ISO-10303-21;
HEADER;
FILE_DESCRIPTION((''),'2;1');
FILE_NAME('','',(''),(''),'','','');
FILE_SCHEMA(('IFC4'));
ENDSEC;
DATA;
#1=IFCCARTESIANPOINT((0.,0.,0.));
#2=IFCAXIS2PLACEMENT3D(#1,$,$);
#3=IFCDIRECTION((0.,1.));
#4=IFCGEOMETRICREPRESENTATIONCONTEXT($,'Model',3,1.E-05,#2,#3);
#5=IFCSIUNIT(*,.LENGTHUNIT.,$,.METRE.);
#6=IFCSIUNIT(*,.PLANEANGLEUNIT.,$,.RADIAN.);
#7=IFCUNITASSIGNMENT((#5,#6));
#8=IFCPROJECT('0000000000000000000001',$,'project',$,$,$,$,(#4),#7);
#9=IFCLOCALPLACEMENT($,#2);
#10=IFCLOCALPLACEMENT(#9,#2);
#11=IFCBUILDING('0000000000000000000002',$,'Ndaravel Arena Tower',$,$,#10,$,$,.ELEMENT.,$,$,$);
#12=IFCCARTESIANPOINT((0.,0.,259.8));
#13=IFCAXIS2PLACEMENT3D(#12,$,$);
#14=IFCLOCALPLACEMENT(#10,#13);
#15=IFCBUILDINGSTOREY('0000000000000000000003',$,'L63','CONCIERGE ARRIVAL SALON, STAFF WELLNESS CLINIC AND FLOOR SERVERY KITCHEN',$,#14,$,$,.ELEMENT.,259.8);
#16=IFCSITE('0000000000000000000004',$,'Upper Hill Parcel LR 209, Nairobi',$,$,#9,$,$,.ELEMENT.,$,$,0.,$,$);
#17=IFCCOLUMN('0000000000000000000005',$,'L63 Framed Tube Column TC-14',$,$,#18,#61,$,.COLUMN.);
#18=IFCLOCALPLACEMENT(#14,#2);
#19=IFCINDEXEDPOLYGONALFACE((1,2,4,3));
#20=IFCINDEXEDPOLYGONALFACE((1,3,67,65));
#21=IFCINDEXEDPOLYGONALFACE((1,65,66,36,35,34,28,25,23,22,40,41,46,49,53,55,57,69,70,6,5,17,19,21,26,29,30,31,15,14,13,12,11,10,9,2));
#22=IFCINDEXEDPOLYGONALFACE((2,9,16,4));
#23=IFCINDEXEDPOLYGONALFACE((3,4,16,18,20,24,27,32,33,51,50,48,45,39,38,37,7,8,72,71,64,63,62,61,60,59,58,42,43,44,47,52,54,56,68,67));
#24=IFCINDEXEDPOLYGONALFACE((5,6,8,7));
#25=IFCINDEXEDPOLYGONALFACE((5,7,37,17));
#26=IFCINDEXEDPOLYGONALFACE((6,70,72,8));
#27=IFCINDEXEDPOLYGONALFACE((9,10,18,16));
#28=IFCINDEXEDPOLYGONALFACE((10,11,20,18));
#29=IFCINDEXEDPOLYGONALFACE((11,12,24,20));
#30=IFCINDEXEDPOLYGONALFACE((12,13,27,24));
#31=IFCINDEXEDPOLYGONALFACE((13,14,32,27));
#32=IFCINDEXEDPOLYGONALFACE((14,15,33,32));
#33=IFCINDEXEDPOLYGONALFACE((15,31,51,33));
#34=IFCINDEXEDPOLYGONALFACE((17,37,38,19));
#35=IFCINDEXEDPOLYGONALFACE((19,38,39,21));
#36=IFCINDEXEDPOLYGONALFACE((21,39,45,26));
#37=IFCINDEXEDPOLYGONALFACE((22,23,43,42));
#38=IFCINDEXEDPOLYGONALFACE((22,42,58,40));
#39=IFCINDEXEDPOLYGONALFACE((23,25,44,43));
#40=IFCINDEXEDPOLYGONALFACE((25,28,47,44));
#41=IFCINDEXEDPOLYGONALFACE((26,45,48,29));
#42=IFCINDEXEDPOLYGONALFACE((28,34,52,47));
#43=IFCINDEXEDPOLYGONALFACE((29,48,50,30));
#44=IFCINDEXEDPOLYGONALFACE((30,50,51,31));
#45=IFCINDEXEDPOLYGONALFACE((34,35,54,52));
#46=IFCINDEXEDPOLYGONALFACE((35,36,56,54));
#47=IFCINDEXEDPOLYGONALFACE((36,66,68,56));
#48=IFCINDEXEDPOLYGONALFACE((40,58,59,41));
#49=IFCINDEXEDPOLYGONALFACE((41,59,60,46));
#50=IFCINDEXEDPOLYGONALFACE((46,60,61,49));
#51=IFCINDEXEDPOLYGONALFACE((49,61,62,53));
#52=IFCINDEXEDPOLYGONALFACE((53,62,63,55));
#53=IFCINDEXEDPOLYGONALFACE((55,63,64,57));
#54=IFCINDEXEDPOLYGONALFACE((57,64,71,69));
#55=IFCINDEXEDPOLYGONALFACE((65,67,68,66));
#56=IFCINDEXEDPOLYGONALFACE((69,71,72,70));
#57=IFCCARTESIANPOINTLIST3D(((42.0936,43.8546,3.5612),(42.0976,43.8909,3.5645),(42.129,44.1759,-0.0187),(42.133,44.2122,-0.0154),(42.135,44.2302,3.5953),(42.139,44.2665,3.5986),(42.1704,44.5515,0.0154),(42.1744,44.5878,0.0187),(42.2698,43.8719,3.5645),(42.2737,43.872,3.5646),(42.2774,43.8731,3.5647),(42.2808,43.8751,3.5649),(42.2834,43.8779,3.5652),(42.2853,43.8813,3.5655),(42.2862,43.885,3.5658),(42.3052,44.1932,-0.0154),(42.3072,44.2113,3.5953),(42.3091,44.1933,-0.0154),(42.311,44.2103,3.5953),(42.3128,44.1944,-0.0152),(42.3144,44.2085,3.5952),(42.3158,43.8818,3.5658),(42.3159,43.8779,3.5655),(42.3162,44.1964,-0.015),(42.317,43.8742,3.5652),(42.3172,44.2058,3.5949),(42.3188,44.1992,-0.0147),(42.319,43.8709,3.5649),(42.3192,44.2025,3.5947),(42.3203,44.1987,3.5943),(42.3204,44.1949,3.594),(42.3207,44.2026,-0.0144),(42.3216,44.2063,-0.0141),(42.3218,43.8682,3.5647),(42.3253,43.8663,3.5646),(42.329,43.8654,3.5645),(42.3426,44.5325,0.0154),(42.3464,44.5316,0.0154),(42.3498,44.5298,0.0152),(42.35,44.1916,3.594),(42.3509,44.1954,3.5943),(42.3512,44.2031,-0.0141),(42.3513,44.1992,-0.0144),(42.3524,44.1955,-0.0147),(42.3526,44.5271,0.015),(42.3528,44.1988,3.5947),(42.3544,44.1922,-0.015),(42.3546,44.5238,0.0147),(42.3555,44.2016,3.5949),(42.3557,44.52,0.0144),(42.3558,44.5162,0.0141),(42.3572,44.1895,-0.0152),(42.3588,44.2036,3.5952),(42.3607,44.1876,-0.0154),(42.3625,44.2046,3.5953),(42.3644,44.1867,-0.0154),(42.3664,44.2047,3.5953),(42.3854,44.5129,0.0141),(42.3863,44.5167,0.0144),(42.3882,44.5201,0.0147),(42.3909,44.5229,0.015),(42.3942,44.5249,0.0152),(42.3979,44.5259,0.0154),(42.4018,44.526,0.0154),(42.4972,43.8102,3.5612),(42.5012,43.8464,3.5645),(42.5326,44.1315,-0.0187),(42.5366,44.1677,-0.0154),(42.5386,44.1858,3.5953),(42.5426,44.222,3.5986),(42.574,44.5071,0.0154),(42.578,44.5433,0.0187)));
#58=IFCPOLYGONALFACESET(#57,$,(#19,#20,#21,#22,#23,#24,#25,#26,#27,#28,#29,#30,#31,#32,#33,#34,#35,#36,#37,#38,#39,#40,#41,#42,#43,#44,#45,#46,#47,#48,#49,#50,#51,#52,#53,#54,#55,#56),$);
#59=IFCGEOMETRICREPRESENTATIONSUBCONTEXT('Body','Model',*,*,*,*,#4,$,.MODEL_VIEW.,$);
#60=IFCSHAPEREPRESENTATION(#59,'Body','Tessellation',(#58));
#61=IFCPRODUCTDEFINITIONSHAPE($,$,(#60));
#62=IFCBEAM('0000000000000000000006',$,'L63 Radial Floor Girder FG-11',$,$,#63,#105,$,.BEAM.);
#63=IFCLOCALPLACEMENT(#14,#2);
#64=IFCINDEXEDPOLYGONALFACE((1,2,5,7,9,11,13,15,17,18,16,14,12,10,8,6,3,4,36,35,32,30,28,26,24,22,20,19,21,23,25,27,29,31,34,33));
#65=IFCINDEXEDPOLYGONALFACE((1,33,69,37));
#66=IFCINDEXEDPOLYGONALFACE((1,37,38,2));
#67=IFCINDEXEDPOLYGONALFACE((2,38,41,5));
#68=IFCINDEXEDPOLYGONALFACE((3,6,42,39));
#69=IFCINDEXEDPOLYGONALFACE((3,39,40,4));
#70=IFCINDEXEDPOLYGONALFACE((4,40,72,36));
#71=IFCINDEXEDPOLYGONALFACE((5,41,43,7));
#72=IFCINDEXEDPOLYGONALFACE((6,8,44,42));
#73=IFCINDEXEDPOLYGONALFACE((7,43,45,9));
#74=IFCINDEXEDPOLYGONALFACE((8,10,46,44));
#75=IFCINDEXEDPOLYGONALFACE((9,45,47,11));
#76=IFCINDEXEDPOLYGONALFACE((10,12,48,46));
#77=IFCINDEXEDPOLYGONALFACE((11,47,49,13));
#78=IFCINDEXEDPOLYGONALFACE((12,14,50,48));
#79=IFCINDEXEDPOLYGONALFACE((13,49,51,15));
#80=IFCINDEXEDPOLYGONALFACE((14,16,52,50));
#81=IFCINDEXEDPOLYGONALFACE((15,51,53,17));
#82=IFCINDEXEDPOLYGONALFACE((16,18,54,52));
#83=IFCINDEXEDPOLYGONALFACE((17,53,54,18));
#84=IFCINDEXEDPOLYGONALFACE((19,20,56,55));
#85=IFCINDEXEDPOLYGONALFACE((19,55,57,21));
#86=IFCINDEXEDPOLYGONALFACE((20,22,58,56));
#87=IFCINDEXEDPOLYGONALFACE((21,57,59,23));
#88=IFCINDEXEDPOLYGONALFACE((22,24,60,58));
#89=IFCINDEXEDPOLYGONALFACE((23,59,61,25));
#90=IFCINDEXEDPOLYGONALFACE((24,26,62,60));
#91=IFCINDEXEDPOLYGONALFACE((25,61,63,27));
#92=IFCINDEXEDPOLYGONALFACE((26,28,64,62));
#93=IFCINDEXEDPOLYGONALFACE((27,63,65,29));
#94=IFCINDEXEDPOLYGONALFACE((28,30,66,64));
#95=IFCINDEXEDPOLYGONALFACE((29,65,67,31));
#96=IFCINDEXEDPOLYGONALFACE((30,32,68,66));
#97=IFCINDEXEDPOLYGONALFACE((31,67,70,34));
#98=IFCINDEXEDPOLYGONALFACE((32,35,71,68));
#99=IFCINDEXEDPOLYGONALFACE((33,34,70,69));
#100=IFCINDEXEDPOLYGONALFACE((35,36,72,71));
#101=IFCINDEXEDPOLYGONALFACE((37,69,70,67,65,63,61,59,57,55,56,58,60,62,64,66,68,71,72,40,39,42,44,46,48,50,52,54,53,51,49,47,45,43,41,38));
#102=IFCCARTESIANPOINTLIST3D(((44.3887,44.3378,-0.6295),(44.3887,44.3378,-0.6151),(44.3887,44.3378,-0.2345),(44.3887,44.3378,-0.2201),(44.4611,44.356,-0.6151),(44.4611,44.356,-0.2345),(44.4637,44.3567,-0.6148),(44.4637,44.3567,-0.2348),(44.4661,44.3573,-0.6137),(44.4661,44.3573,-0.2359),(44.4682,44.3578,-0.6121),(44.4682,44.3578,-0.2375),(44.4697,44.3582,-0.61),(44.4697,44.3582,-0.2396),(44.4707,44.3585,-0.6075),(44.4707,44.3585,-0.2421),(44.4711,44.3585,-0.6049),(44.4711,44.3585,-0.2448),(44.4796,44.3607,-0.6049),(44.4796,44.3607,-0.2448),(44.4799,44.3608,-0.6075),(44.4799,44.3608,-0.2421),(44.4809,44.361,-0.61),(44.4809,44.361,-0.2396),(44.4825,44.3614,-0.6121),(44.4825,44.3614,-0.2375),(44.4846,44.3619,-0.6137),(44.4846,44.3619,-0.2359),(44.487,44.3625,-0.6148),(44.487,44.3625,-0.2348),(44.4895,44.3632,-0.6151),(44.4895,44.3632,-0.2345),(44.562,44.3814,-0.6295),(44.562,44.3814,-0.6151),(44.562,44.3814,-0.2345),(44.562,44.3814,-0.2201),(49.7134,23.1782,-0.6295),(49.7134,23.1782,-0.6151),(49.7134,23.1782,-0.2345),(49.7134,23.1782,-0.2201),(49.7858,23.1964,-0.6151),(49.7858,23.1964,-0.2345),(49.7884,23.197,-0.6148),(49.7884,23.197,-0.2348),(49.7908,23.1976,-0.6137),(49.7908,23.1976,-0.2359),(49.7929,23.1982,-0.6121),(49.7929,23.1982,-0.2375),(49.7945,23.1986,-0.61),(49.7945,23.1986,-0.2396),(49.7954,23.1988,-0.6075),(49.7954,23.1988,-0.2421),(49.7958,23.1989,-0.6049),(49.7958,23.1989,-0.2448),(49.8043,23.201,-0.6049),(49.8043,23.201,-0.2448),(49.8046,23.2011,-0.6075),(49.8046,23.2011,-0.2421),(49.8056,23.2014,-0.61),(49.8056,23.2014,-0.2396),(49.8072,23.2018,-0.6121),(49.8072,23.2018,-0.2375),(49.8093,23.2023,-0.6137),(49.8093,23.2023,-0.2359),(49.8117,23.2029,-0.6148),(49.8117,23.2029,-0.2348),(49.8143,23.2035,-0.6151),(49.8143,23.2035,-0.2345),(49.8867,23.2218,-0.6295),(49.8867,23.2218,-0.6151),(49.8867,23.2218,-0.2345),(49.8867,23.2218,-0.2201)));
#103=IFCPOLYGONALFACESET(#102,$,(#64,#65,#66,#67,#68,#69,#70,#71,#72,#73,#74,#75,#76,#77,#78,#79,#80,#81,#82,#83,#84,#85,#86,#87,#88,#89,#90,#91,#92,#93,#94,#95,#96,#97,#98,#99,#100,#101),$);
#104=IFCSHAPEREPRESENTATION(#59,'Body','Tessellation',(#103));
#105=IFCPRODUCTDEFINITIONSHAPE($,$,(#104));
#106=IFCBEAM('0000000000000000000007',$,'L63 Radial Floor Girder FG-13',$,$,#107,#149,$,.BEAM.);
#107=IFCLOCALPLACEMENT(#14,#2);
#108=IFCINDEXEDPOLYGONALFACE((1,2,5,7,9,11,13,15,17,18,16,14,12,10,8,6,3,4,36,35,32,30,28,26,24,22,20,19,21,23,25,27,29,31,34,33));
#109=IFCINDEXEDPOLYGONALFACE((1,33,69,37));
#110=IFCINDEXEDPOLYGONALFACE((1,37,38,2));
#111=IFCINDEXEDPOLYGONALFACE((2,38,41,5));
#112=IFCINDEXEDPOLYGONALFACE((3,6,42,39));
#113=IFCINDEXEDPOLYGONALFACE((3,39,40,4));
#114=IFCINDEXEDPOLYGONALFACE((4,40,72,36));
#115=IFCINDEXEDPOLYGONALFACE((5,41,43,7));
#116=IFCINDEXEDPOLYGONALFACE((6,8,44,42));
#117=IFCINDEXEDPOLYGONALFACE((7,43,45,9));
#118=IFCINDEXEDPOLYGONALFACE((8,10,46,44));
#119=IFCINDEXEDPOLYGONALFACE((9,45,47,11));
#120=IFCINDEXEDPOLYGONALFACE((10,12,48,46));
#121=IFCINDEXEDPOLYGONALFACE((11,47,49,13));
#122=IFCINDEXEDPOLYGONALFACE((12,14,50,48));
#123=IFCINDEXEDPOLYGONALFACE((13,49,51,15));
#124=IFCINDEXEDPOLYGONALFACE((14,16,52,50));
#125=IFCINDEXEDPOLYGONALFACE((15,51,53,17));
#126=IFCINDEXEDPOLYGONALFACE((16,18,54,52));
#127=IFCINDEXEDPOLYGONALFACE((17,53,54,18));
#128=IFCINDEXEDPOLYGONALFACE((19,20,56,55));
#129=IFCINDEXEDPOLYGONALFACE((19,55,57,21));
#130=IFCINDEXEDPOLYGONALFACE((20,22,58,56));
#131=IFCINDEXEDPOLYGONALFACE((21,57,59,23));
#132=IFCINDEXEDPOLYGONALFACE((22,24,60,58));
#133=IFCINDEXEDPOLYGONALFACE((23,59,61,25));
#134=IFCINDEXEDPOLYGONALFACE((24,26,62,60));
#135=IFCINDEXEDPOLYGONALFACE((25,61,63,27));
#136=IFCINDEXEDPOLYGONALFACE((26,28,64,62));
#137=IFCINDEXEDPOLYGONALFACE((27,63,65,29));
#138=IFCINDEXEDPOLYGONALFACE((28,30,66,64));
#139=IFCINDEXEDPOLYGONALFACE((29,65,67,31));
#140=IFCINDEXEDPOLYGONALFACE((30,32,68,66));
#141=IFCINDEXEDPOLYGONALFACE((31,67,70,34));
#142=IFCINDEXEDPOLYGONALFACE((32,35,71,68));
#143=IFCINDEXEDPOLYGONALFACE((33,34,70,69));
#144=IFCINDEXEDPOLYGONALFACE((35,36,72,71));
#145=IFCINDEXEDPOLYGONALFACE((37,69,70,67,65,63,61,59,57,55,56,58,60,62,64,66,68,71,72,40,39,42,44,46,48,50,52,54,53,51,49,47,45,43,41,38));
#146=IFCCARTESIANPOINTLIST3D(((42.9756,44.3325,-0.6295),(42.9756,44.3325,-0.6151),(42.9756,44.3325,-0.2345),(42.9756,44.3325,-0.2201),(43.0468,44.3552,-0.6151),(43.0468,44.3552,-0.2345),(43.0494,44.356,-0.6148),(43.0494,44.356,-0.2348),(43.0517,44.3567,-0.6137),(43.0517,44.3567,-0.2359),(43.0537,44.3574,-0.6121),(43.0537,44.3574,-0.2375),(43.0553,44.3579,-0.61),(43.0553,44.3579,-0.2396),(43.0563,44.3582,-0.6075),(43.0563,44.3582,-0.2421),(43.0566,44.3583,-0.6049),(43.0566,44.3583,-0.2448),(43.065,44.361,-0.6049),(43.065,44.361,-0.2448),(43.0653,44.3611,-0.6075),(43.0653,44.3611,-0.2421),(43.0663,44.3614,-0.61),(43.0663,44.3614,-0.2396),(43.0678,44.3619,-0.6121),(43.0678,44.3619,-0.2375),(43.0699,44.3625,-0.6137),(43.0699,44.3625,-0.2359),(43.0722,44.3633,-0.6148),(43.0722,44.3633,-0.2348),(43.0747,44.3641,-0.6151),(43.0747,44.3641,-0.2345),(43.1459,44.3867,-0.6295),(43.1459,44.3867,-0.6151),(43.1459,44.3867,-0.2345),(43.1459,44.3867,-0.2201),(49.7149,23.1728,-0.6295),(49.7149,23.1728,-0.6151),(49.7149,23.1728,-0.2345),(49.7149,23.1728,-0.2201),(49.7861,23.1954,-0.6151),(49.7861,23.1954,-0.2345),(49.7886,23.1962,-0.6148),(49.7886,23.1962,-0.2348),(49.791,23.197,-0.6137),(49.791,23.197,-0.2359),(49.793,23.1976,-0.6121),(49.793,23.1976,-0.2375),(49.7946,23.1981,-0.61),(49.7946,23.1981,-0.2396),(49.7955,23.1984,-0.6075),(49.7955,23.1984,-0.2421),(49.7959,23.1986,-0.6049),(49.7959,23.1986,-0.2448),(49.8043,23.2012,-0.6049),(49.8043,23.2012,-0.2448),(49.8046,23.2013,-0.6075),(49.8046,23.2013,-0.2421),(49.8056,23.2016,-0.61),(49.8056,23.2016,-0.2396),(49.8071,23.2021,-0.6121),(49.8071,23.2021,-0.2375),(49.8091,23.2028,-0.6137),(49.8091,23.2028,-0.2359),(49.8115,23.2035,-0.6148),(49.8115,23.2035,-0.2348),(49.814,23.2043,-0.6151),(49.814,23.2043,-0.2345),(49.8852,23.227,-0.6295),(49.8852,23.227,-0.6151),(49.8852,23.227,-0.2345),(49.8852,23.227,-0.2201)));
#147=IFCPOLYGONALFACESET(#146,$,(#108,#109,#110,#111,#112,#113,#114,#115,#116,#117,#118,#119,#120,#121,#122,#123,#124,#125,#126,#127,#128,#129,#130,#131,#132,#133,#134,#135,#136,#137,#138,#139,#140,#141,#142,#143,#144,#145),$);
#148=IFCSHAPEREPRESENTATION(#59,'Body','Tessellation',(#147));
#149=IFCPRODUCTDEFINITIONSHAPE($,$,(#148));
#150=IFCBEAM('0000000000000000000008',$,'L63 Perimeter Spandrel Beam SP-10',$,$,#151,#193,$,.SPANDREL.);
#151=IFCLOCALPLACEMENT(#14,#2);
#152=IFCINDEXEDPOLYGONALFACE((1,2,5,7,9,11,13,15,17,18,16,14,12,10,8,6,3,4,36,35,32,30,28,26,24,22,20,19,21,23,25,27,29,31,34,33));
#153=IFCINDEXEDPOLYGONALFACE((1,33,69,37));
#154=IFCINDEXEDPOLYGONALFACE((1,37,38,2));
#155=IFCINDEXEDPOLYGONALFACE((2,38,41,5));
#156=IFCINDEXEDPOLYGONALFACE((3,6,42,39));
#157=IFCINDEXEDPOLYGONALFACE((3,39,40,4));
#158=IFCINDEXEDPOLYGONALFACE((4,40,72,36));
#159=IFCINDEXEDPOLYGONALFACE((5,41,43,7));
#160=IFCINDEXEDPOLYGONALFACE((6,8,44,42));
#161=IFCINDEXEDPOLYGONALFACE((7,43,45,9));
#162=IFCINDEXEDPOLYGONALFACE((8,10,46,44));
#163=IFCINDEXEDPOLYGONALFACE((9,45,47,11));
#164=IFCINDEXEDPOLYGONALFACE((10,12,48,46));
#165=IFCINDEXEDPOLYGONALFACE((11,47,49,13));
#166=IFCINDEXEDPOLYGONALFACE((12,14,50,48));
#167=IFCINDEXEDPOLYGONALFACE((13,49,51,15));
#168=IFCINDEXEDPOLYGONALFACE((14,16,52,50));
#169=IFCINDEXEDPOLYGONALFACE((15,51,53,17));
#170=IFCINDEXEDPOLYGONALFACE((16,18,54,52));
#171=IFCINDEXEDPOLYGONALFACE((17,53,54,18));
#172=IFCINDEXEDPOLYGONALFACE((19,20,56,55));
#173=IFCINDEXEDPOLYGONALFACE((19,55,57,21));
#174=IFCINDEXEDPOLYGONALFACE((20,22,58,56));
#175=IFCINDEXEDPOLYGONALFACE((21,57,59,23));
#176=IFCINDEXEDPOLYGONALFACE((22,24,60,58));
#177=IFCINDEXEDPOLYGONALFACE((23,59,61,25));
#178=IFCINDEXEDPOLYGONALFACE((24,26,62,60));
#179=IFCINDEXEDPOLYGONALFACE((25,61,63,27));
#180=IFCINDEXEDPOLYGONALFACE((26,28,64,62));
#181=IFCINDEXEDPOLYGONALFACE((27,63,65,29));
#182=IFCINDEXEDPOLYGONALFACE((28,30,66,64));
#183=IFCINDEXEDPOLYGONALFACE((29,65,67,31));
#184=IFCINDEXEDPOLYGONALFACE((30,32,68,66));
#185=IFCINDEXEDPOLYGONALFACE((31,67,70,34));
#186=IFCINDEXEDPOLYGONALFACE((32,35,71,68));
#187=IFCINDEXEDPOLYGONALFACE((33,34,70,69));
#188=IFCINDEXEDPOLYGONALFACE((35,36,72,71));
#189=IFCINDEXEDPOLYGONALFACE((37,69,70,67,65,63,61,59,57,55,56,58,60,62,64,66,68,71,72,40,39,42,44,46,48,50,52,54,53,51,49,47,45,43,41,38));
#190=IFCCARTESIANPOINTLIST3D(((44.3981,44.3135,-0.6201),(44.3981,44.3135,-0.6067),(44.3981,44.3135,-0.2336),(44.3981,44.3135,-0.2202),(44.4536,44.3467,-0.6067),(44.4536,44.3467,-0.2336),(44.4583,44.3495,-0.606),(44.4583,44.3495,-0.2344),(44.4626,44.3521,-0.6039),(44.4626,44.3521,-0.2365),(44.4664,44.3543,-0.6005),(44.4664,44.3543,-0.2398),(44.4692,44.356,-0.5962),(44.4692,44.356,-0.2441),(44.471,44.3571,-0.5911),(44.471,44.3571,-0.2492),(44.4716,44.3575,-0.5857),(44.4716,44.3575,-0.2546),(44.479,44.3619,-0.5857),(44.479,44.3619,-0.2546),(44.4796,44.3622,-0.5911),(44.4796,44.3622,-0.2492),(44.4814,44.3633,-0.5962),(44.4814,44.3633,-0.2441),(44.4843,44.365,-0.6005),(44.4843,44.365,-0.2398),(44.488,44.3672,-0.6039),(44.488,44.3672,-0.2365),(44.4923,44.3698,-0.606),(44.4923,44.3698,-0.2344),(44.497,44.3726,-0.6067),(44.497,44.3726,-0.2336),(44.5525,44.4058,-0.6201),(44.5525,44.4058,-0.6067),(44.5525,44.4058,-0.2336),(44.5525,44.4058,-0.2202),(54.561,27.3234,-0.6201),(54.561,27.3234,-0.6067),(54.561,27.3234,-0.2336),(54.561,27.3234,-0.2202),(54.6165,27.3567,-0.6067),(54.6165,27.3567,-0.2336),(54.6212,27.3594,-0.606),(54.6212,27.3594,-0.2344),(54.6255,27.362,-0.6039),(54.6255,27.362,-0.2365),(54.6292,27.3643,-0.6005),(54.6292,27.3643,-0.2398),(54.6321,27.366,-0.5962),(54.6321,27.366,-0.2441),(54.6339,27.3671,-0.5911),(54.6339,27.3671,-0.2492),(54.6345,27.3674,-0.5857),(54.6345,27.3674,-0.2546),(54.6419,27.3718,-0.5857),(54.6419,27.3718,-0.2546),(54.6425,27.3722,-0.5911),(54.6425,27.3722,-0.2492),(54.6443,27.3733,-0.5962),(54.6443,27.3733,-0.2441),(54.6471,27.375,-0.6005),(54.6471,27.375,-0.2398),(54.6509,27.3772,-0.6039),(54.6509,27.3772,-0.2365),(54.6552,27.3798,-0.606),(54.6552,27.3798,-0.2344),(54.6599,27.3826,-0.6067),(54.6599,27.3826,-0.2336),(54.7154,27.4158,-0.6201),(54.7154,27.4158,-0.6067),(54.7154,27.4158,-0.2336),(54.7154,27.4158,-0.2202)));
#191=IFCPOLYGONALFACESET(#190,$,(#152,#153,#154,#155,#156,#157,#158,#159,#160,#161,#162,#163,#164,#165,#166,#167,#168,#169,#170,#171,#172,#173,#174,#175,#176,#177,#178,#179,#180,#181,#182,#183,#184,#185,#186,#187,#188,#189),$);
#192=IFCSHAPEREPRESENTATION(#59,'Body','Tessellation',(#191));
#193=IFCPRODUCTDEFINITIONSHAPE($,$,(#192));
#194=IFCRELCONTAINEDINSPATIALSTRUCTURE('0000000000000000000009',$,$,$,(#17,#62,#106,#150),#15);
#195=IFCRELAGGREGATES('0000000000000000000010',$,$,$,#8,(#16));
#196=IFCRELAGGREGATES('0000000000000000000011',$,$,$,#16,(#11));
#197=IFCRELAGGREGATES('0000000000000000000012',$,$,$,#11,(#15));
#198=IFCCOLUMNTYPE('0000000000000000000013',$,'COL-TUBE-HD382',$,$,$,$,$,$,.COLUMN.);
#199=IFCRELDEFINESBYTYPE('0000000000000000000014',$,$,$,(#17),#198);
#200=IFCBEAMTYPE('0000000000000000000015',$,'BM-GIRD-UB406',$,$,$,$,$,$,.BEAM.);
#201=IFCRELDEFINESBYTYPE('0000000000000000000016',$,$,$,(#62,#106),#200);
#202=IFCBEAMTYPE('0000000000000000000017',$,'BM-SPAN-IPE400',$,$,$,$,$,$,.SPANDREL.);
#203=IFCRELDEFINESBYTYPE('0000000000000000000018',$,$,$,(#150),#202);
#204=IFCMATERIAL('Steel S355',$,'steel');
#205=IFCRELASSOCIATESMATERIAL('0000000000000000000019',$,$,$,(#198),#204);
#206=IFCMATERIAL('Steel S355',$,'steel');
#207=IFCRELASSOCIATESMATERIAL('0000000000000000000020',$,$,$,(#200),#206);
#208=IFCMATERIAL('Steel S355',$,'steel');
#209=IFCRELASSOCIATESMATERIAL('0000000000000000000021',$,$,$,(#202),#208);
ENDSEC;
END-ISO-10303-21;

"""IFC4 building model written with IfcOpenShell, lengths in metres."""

from ifc_helpers import new_model, si_unit, direction, frame, origin, origin_2d, place, context, subcontext, project, spatial, i_section, extrude, material, material_profile, profile_set, type_object, element, save


model = new_model("IFC4")

# Units and contexts
model_context = context("Model", 3, precision=1e-05, world=origin(), true_north=direction((0.0, 1.0)))
body_context = subcontext(model_context, "Body", "Model", "MODEL_VIEW")
ifc_project = project(units=[si_unit("LENGTHUNIT", "METRE"), si_unit("PLANEANGLEUNIT", "RADIAN")], contexts=[model_context])

# Site, building, storey
site_placement = place(None, origin())
site = spatial("IfcSite", under=ifc_project, at=site_placement, Name="Upper Hill Parcel LR 209, Nairobi", CompositionType="ELEMENT", RefElevation=0.0)
building_placement = place(site_placement, origin())
building = spatial("IfcBuilding", under=site, at=building_placement, Name="Ndaravel Arena Tower", CompositionType="ELEMENT")
storey_placement = place(building_placement, frame((0.0, 0.0, 259.8)))
storey = spatial("IfcBuildingStorey", under=building, at=storey_placement, Name="L63", Description="CONCIERGE ARRIVAL SALON, STAFF WELLNESS CLINIC AND FLOOR SERVERY KITCHEN", CompositionType="ELEMENT", Elevation=259.8)

# Column
ifc_material_1 = material(Name="Steel S355", Category="steel")
ifc_material_profile_1 = material_profile(ifc_material_1, i_section(OverallWidth=0.406, OverallDepth=0.416, WebThickness=0.0298, FlangeThickness=0.0366, FilletRadius=0.0149, at=origin_2d()), Name="HD 400x382")
ifc_profile_set_1 = profile_set([ifc_material_profile_1], Name="Steel S355")
column_type = type_object("IfcColumnType", Name="COL-TUBE-HD382", PredefinedType="COLUMN", material=ifc_profile_set_1)
column_1_placement = place(storey_placement, frame((42.3535, 44.3596, 0.0), z_axis=(-0.009849, -0.089386, 0.995948), x_axis=(0.993985, -0.10952, 0.0)))
element("IfcColumn", 1, at=column_1_placement, inside=storey, type_object=column_type, Name="L63 Framed Tube Column TC-14", PredefinedType="COLUMN", context=body_context, shape_type="SweptSolid", body=[
    extrude(i_section(OverallWidth=0.406, OverallDepth=0.416, WebThickness=0.0298, FlangeThickness=0.0366, FilletRadius=0.0149, at=origin_2d()), origin(), (0.0, 0.0, 1.0), 3.5945),
])

# Beams
ifc_material_2 = material(Name="Steel S355", Category="steel")
ifc_material_profile_2 = material_profile(ifc_material_2, i_section(OverallWidth=0.1787, OverallDepth=0.4094, WebThickness=0.0088, FlangeThickness=0.0144, FilletRadius=0.0103, at=origin_2d()), Name="UB 406x178x67")
ifc_profile_set_2 = profile_set([ifc_material_profile_2], Name="Steel S355")
beam_type_1 = type_object("IfcBeamType", Name="BM-GIRD-UB406", PredefinedType="BEAM", material=ifc_profile_set_2)
beam_1_placement = place(storey_placement, frame((44.4753, 44.3596, -0.4248), z_axis=(0.244036, -0.969766, 0.0), x_axis=(0.969766, 0.244036, 0.0)))
element("IfcBeam", 2, at=beam_1_placement, inside=storey, type_object=beam_type_1, Name="L63 Radial Floor Girder FG-11", PredefinedType="BEAM", context=body_context, shape_type="SweptSolid", body=[
    extrude(i_section(OverallWidth=0.1787, OverallDepth=0.4094, WebThickness=0.0088, FlangeThickness=0.0144, FilletRadius=0.0103, at=origin_2d()), origin(), (0.0, 0.0, 1.0), 21.8193),
])
beam_2_placement = place(storey_placement, frame((43.0608, 44.3596, -0.4248), z_axis=(0.303475, -0.952839, 0.0), x_axis=(0.952839, 0.303475, 0.0)))
element("IfcBeam", 3, at=beam_2_placement, inside=storey, type_object=beam_type_1, Name="L63 Radial Floor Girder FG-13", PredefinedType="BEAM", context=body_context, shape_type="SweptSolid", body=[
    extrude(i_section(OverallWidth=0.1787, OverallDepth=0.4094, WebThickness=0.0088, FlangeThickness=0.0144, FilletRadius=0.0103, at=origin_2d()), origin(), (0.0, 0.0, 1.0), 22.207),
])
ifc_material_3 = material(Name="Steel S355", Category="steel")
ifc_material_profile_3 = material_profile(ifc_material_3, i_section(OverallWidth=0.1799, OverallDepth=0.3999, WebThickness=0.0085, FlangeThickness=0.0134, FilletRadius=0.021, at=origin_2d()), Name="IPE 400")
ifc_profile_set_3 = profile_set([ifc_material_profile_3], Name="Steel S355")
beam_type_2 = type_object("IfcBeamType", Name="BM-SPAN-IPE400", PredefinedType="SPANDREL", material=ifc_profile_set_3)
beam_3_placement = place(storey_placement, frame((54.6382, 27.3696, -0.4202), z_axis=(-0.513338, 0.858186, 0.0), x_axis=(-0.858186, -0.513338, 0.0)))
element("IfcBeam", 4, at=beam_3_placement, inside=storey, type_object=beam_type_2, Name="L63 Perimeter Spandrel Beam SP-10", PredefinedType="SPANDREL", context=body_context, shape_type="SweptSolid", body=[
    extrude(i_section(OverallWidth=0.1799, OverallDepth=0.3999, WebThickness=0.0085, FlangeThickness=0.0134, FilletRadius=0.021, at=origin_2d()), origin(), (0.0, 0.0, 1.0), 19.7976),
])

save(model, "model.ifc")
